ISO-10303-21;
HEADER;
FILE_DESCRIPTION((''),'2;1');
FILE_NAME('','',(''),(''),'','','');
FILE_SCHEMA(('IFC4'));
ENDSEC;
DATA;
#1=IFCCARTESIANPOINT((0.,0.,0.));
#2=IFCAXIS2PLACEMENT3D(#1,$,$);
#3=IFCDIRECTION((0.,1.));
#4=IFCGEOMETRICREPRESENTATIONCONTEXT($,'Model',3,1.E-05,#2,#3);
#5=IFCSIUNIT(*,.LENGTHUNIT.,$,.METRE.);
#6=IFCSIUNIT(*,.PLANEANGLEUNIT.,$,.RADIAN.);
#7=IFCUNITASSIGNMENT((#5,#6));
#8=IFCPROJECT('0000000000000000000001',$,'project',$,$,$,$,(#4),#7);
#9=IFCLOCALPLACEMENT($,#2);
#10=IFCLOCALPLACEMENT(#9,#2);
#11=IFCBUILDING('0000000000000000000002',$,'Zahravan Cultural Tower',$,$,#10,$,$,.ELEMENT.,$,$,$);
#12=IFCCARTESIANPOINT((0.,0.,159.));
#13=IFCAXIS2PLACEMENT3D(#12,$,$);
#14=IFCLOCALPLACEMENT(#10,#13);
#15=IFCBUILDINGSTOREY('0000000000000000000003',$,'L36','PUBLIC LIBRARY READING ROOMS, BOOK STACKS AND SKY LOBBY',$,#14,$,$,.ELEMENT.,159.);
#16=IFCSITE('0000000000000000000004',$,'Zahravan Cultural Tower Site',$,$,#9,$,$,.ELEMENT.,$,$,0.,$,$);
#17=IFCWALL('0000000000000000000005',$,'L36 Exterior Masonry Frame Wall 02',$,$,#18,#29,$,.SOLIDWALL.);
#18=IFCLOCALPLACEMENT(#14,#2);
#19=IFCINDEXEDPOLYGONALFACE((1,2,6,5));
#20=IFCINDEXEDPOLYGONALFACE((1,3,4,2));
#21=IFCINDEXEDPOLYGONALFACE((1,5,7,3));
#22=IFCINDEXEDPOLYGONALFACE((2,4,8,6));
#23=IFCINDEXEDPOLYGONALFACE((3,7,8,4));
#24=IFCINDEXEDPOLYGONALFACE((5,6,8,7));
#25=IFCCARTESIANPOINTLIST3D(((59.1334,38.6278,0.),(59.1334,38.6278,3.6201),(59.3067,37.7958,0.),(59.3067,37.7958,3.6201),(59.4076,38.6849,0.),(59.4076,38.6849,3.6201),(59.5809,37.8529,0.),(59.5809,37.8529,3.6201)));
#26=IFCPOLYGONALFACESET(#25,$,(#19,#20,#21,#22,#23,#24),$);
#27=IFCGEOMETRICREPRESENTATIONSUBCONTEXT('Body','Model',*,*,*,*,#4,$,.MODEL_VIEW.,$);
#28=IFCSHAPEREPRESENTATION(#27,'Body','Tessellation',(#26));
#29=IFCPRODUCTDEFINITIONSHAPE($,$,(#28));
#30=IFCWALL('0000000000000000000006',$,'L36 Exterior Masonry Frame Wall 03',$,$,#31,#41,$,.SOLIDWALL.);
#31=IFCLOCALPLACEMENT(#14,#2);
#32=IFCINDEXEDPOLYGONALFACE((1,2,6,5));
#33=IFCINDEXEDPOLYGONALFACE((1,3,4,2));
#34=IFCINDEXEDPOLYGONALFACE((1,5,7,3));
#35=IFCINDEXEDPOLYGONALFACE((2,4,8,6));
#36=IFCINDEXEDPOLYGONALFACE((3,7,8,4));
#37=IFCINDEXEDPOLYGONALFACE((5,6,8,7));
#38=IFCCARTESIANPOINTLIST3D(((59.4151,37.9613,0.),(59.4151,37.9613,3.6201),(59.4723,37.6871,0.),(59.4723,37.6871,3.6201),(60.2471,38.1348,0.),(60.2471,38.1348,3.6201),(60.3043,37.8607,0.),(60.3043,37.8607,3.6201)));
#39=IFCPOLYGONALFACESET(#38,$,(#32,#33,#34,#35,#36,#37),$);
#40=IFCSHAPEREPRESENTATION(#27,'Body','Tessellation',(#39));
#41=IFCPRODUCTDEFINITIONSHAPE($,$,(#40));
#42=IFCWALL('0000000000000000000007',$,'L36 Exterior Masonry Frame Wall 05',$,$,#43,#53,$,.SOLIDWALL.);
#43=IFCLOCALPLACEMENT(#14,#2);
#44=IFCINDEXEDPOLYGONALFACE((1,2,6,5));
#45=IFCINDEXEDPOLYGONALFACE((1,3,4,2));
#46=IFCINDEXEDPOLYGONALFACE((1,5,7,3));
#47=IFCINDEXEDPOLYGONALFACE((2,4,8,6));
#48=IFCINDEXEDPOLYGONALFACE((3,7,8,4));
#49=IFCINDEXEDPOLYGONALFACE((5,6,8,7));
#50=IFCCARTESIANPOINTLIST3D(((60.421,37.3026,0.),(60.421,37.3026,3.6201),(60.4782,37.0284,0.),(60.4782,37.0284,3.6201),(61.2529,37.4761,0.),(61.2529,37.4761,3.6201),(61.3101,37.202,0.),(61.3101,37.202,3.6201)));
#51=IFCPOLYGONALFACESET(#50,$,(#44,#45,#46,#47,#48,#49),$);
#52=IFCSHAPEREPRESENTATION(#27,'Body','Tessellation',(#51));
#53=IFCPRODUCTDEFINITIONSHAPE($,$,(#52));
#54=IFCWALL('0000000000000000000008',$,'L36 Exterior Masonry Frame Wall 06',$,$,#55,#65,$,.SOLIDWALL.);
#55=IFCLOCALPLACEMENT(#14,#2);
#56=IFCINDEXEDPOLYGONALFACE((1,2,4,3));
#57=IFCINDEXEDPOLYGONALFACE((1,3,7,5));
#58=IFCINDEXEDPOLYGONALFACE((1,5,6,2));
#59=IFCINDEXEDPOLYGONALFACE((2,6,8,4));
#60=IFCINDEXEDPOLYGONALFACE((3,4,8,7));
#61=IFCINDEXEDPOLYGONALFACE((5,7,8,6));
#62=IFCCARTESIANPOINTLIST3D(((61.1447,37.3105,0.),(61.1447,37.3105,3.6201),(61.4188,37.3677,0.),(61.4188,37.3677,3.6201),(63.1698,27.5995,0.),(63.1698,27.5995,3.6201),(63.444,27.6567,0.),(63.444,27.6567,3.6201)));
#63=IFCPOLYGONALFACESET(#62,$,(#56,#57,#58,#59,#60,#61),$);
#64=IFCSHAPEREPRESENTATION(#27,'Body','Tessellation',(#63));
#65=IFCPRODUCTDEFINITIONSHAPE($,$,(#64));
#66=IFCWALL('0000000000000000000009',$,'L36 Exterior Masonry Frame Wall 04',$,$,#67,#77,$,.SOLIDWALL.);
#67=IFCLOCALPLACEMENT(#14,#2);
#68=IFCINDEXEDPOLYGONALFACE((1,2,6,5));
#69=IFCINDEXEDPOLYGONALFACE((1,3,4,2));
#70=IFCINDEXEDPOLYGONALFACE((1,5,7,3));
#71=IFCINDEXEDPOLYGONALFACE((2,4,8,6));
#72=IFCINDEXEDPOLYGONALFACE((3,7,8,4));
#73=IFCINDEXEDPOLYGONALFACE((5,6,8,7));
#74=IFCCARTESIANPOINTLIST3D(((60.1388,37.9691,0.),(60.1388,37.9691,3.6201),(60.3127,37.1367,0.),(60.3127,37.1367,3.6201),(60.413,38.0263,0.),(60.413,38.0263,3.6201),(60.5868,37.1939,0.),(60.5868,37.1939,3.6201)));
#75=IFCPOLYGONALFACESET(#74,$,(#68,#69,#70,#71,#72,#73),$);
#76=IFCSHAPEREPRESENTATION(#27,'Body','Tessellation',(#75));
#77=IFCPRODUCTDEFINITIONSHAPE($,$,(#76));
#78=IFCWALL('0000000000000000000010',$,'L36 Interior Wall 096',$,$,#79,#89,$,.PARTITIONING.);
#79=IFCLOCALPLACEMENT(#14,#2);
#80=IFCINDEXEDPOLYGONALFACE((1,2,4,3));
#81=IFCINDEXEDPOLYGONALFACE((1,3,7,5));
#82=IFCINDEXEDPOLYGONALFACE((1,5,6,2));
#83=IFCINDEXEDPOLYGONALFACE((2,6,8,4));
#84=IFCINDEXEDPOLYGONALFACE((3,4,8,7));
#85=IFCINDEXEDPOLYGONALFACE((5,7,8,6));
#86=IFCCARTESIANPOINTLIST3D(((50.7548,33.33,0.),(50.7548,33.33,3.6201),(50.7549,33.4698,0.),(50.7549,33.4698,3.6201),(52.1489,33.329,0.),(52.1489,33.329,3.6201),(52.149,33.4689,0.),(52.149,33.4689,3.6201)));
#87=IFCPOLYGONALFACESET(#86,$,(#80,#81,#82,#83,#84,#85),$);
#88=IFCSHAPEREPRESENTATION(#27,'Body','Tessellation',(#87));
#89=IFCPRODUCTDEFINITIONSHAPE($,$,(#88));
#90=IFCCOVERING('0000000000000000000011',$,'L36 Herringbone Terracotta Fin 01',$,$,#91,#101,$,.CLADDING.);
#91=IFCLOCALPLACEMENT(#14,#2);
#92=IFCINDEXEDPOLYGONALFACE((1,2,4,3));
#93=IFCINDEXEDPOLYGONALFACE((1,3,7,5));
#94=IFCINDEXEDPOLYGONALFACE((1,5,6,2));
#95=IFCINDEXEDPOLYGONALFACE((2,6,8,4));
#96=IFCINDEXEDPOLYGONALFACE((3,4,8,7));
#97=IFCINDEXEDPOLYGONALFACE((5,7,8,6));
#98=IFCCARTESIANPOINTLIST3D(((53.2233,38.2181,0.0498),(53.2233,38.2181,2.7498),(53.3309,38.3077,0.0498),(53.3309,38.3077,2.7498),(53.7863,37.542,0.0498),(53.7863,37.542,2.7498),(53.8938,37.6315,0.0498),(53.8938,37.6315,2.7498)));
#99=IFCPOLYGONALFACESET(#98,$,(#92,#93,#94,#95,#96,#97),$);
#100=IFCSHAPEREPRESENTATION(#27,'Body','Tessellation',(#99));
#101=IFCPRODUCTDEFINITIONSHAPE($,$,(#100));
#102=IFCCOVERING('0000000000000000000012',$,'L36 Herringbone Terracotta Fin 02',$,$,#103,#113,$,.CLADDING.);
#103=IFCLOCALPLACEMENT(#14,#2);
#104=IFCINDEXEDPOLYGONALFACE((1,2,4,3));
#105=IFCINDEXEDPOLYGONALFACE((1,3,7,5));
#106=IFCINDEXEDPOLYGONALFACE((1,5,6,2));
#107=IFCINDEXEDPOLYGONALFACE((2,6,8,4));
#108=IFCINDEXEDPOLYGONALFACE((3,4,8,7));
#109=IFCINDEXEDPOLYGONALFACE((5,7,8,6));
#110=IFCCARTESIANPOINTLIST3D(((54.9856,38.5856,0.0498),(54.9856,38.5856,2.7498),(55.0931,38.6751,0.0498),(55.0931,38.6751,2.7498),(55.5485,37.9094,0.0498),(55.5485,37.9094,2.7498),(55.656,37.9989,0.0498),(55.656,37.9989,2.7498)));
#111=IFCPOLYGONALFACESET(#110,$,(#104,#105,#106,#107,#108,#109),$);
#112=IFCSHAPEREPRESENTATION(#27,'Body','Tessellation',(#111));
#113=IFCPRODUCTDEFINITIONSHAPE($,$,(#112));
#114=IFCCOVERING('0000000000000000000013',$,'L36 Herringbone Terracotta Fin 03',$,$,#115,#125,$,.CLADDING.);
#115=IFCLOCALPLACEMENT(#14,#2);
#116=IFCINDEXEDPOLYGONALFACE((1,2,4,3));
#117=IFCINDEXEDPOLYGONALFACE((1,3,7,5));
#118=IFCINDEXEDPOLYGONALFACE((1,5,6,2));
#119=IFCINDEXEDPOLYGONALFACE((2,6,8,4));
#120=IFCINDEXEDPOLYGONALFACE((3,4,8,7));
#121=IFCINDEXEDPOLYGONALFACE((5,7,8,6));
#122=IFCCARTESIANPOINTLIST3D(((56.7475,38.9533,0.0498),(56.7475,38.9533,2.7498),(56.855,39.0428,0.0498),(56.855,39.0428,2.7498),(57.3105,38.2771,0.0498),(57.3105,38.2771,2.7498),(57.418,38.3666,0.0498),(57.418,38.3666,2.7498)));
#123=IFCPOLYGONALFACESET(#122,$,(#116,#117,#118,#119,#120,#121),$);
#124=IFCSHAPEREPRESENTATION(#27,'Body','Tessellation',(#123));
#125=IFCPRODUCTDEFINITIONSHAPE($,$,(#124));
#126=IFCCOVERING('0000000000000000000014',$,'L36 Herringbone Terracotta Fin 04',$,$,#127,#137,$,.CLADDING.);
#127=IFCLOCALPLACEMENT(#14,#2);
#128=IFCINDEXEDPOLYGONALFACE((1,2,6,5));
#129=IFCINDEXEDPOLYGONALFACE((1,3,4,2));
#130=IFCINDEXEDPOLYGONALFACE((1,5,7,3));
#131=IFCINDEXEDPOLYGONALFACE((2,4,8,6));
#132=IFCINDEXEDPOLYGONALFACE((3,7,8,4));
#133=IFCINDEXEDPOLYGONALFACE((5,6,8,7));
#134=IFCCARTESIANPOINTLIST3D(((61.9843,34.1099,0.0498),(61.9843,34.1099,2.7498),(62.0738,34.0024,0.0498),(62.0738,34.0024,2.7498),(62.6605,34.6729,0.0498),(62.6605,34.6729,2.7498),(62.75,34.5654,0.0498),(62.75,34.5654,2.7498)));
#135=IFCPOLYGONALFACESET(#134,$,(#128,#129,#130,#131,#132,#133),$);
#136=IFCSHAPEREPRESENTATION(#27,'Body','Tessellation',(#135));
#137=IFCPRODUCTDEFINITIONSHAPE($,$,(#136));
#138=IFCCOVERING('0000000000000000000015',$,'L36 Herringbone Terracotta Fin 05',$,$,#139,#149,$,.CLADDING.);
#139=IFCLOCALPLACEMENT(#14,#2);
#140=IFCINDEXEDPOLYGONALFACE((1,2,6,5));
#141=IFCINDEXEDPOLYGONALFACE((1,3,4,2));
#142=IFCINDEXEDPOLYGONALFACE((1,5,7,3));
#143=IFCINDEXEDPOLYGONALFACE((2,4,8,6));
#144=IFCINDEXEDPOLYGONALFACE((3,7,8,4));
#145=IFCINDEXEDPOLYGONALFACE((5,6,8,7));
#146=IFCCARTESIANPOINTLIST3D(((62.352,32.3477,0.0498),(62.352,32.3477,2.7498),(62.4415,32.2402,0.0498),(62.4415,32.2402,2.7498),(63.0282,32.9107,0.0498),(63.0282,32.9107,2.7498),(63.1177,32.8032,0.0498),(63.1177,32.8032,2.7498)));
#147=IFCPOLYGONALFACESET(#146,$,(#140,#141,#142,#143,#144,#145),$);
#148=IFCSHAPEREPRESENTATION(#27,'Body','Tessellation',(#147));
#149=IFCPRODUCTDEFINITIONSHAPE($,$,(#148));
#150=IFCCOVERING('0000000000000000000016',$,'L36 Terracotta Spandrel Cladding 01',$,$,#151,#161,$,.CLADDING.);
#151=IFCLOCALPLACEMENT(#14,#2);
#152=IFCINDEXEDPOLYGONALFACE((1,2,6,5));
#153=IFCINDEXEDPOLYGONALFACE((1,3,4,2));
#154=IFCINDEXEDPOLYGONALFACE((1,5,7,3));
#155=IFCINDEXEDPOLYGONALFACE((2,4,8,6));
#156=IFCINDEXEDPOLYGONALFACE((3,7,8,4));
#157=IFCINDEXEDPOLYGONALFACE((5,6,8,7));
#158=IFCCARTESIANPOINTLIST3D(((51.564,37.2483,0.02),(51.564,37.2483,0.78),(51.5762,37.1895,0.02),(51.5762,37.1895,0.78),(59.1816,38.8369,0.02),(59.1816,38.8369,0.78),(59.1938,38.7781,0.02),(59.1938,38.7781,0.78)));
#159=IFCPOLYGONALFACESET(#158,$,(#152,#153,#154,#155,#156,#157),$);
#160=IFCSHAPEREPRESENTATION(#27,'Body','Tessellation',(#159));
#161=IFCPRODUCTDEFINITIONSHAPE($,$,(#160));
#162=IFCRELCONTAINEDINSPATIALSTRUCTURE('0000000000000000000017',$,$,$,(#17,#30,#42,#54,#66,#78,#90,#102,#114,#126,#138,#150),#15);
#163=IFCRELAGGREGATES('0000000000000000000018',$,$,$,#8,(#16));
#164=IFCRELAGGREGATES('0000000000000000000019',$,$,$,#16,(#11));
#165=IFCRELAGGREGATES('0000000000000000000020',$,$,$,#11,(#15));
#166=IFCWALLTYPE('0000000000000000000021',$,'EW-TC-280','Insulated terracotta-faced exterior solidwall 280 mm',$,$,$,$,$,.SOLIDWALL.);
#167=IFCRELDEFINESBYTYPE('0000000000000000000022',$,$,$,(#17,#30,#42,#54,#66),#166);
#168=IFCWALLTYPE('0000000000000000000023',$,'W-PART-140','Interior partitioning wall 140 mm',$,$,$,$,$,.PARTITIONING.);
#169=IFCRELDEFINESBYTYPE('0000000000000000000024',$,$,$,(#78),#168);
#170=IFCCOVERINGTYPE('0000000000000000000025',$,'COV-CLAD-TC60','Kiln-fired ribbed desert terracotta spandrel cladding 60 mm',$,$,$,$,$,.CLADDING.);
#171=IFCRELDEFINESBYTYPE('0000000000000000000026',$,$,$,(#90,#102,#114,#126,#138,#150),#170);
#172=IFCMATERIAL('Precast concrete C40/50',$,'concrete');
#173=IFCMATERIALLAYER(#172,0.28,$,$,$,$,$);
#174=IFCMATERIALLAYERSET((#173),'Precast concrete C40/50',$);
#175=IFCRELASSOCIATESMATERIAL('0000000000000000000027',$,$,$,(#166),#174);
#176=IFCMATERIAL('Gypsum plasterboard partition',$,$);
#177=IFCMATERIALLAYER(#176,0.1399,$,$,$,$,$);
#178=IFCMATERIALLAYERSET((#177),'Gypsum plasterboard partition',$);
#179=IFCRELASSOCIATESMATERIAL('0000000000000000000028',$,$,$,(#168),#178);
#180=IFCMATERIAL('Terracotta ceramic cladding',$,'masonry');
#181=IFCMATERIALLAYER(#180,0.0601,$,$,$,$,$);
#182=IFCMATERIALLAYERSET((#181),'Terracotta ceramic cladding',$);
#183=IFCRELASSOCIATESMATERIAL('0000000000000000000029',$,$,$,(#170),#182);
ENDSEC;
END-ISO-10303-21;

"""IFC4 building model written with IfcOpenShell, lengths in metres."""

from ifc_helpers import new_model, si_unit, direction, frame, frame_2d, origin, origin_2d, place, context, subcontext, project, spatial, rectangle, extrude, source, transform, mapped, material, layer, layer_set, type_object, element, save


model = new_model("IFC4")

# Units and contexts
model_context = context("Model", 3, precision=1e-05, world=origin(), true_north=direction((0.0, 1.0)))
body_context = subcontext(model_context, "Body", "Model", "MODEL_VIEW")
ifc_project = project(units=[si_unit("LENGTHUNIT", "METRE"), si_unit("PLANEANGLEUNIT", "RADIAN")], contexts=[model_context])

# Site, building, storey
site_placement = place(None, origin())
site = spatial("IfcSite", under=ifc_project, at=site_placement, Name="Zahravan Cultural Tower Site", CompositionType="ELEMENT", RefElevation=0.0)
building_placement = place(site_placement, origin())
building = spatial("IfcBuilding", under=site, at=building_placement, Name="Zahravan Cultural Tower", CompositionType="ELEMENT")
storey_placement = place(building_placement, frame((0.0, 0.0, 159.0)))
storey = spatial("IfcBuildingStorey", under=building, at=storey_placement, Name="L36", Description="PUBLIC LIBRARY READING ROOMS, BOOK STACKS AND SKY LOBBY", CompositionType="ELEMENT", Elevation=159.0)

# Shared definitions
ifc_material_1 = material(Name="Precast concrete C40/50", Category="concrete")
ifc_layer_1 = layer(ifc_material_1, 0.28)
ifc_layer_set_1 = layer_set([ifc_layer_1], Name="Precast concrete C40/50")
wall_type_1 = type_object("IfcWallType", Name="EW-TC-280", Description="Insulated terracotta-faced exterior solidwall 280 mm", PredefinedType="SOLIDWALL", material=ifc_layer_set_1)

# Shared definitions
ifc_material_2 = material(Name="Gypsum plasterboard partition")
ifc_layer_2 = layer(ifc_material_2, 0.1399)
ifc_layer_set_2 = layer_set([ifc_layer_2], Name="Gypsum plasterboard partition")
wall_type_2 = type_object("IfcWallType", Name="W-PART-140", Description="Interior partitioning wall 140 mm", PredefinedType="PARTITIONING", material=ifc_layer_set_2)

# Walls
shared_shape_1 = source(origin(), body_context, "Body", "SweptSolid", [
    extrude(rectangle(XDim=0.8499, YDim=0.28, at=frame_2d((0.4248, 0.0))), origin(), (0.0, 0.0, 1.0), 3.6201),
])
for number, where, z_axis, x_axis, name in (
    (1, (59.2705, 38.6562, 0.0), (0.0, 0.0, 1.0), (0.203954, -0.97898, 0.0), "L36 Exterior Masonry Frame Wall 02"),
    (2, (59.4438, 37.8242, 0.0), (0.0, 0.0, 1.0), (0.978923, 0.20423, 0.0), "L36 Exterior Masonry Frame Wall 03"),
    (3, (60.4497, 37.1655, 0.0), (0.0, 0.0, 1.0), (0.978923, 0.20423, 0.0), "L36 Exterior Masonry Frame Wall 05"),
):
    element("IfcWall", number, at=place(storey_placement, frame(where, z_axis=z_axis, x_axis=x_axis)), inside=storey, type_object=wall_type_1, Name=name, PredefinedType="SOLIDWALL", context=body_context, shape_type="MappedRepresentation", body=[
        mapped(shared_shape_1, transform((0.0, 0.0, 0.0), x_axis=(1.0, 0.0, 0.0), y_axis=(0.0, 1.0, 0.0), z_axis=(0.0, 0.0, 1.0), scale=1.0)),
    ])
shared_shape_2 = source(origin(), body_context, "Body", "SweptSolid", [
    extrude(rectangle(XDim=9.9199, YDim=0.28, at=frame_2d((4.96, 0.0))), origin(), (0.0, 0.0, 1.0), 3.6201),
])
wall_1_placement = place(storey_placement, frame((61.2817, 37.3391, 0.0), z_axis=(0.0, 0.0, 1.0), x_axis=(0.204151, -0.978939, 0.0)))
element("IfcWall", 4, at=wall_1_placement, inside=storey, type_object=wall_type_1, Name="L36 Exterior Masonry Frame Wall 06", PredefinedType="SOLIDWALL", context=body_context, shape_type="MappedRepresentation", body=[
    mapped(shared_shape_2, transform((0.0, 0.0, 0.0), x_axis=(1.0, 0.0, 0.0), y_axis=(0.0, 1.0, 0.0), z_axis=(0.0, 0.0, 1.0), scale=1.0)),
])
shared_shape_3 = source(origin(), body_context, "Body", "SweptSolid", [
    extrude(rectangle(XDim=0.8503, YDim=0.28, at=frame_2d((0.4253, 0.0))), origin(), (0.0, 0.0, 1.0), 3.6201),
])
wall_2_placement = place(storey_placement, frame((60.2759, 37.9978, 0.0), z_axis=(0.0, 0.0, 1.0), x_axis=(0.204447, -0.978878, 0.0)))
element("IfcWall", 5, at=wall_2_placement, inside=storey, type_object=wall_type_1, Name="L36 Exterior Masonry Frame Wall 04", PredefinedType="SOLIDWALL", context=body_context, shape_type="MappedRepresentation", body=[
    mapped(shared_shape_3, transform((0.0, 0.0, 0.0), x_axis=(1.0, 0.0, 0.0), y_axis=(0.0, 1.0, 0.0), z_axis=(0.0, 0.0, 1.0), scale=1.0)),
])
shared_shape_4 = source(origin(), body_context, "Body", "SweptSolid", [
    extrude(rectangle(XDim=1.394, YDim=0.1399, at=frame_2d((0.697, 0.0))), origin(), (0.0, 0.0, 1.0), 3.6201),
])
wall_3_placement = place(storey_placement, frame((52.1489, 33.3989, 0.0), z_axis=(0.0, 0.0, 1.0), x_axis=(-1.0, 0.000701, 0.0)))
element("IfcWall", 6, at=wall_3_placement, inside=storey, type_object=wall_type_2, Name="L36 Interior Wall 096", PredefinedType="PARTITIONING", context=body_context, shape_type="MappedRepresentation", body=[
    mapped(shared_shape_4, transform((0.0, 0.0, 0.0), x_axis=(1.0, 0.0, 0.0), y_axis=(0.0, 1.0, 0.0), z_axis=(0.0, 0.0, 1.0), scale=1.0)),
])

# Coverings
ifc_material_3 = material(Name="Terracotta ceramic cladding", Category="masonry")
ifc_layer_3 = layer(ifc_material_3, 0.0601)
ifc_layer_set_3 = layer_set([ifc_layer_3], Name="Terracotta ceramic cladding")
covering_type = type_object("IfcCoveringType", Name="COV-CLAD-TC60", Description="Kiln-fired ribbed desert terracotta spandrel cladding 60 mm", PredefinedType="CLADDING", material=ifc_layer_set_3)
shared_shape_5 = source(origin(), body_context, "Body", "SweptSolid", [
    extrude(rectangle(XDim=0.8799, YDim=0.1399, at=origin_2d()), origin(), (0.0, 0.0, 1.0), 2.7),
])
for number, where, z_axis, x_axis, name in (
    (7, (53.5586, 37.9248, 0.0498), (0.0, 0.0, 1.0), (-0.639841, 0.768507, 0.0), "L36 Herringbone Terracotta Fin 01"),
    (8, (55.3208, 38.2922, 0.0498), (0.0, 0.0, 1.0), (-0.639841, 0.768507, 0.0), "L36 Herringbone Terracotta Fin 02"),
    (9, (57.0828, 38.6599, 0.0498), (0.0, 0.0, 1.0), (-0.639841, 0.768507, 0.0), "L36 Herringbone Terracotta Fin 03"),
    (10, (62.3672, 34.3376, 0.0498), (0.0, 0.0, 1.0), (0.768507, 0.639841, 0.0), "L36 Herringbone Terracotta Fin 04"),
    (11, (62.7349, 32.5754, 0.0498), (0.0, 0.0, 1.0), (0.768507, 0.639841, 0.0), "L36 Herringbone Terracotta Fin 05"),
):
    element("IfcCovering", number, at=place(storey_placement, frame(where, z_axis=z_axis, x_axis=x_axis)), inside=storey, type_object=covering_type, Name=name, PredefinedType="CLADDING", context=body_context, shape_type="MappedRepresentation", body=[
        mapped(shared_shape_5, transform((0.0, 0.0, 0.0), x_axis=(1.0, 0.0, 0.0), y_axis=(0.0, 1.0, 0.0), z_axis=(0.0, 0.0, 1.0), scale=1.0)),
    ])
shared_shape_6 = source(origin(), body_context, "Body", "SweptSolid", [
    extrude(rectangle(XDim=7.7815, YDim=0.0601, at=origin_2d()), origin(), (0.0, 0.0, 1.0), 0.76),
])
covering_placement = place(storey_placement, frame((55.3789, 38.0132, 0.02), z_axis=(0.0, 0.0, 1.0), x_axis=(0.978939, 0.204154, 0.0)))
element("IfcCovering", 12, at=covering_placement, inside=storey, type_object=covering_type, Name="L36 Terracotta Spandrel Cladding 01", PredefinedType="CLADDING", context=body_context, shape_type="MappedRepresentation", body=[
    mapped(shared_shape_6, transform((0.0, 0.0, 0.0), x_axis=(1.0, 0.0, 0.0), y_axis=(0.0, 1.0, 0.0), z_axis=(0.0, 0.0, 1.0), scale=1.0)),
])

save(model, "model.ifc")
